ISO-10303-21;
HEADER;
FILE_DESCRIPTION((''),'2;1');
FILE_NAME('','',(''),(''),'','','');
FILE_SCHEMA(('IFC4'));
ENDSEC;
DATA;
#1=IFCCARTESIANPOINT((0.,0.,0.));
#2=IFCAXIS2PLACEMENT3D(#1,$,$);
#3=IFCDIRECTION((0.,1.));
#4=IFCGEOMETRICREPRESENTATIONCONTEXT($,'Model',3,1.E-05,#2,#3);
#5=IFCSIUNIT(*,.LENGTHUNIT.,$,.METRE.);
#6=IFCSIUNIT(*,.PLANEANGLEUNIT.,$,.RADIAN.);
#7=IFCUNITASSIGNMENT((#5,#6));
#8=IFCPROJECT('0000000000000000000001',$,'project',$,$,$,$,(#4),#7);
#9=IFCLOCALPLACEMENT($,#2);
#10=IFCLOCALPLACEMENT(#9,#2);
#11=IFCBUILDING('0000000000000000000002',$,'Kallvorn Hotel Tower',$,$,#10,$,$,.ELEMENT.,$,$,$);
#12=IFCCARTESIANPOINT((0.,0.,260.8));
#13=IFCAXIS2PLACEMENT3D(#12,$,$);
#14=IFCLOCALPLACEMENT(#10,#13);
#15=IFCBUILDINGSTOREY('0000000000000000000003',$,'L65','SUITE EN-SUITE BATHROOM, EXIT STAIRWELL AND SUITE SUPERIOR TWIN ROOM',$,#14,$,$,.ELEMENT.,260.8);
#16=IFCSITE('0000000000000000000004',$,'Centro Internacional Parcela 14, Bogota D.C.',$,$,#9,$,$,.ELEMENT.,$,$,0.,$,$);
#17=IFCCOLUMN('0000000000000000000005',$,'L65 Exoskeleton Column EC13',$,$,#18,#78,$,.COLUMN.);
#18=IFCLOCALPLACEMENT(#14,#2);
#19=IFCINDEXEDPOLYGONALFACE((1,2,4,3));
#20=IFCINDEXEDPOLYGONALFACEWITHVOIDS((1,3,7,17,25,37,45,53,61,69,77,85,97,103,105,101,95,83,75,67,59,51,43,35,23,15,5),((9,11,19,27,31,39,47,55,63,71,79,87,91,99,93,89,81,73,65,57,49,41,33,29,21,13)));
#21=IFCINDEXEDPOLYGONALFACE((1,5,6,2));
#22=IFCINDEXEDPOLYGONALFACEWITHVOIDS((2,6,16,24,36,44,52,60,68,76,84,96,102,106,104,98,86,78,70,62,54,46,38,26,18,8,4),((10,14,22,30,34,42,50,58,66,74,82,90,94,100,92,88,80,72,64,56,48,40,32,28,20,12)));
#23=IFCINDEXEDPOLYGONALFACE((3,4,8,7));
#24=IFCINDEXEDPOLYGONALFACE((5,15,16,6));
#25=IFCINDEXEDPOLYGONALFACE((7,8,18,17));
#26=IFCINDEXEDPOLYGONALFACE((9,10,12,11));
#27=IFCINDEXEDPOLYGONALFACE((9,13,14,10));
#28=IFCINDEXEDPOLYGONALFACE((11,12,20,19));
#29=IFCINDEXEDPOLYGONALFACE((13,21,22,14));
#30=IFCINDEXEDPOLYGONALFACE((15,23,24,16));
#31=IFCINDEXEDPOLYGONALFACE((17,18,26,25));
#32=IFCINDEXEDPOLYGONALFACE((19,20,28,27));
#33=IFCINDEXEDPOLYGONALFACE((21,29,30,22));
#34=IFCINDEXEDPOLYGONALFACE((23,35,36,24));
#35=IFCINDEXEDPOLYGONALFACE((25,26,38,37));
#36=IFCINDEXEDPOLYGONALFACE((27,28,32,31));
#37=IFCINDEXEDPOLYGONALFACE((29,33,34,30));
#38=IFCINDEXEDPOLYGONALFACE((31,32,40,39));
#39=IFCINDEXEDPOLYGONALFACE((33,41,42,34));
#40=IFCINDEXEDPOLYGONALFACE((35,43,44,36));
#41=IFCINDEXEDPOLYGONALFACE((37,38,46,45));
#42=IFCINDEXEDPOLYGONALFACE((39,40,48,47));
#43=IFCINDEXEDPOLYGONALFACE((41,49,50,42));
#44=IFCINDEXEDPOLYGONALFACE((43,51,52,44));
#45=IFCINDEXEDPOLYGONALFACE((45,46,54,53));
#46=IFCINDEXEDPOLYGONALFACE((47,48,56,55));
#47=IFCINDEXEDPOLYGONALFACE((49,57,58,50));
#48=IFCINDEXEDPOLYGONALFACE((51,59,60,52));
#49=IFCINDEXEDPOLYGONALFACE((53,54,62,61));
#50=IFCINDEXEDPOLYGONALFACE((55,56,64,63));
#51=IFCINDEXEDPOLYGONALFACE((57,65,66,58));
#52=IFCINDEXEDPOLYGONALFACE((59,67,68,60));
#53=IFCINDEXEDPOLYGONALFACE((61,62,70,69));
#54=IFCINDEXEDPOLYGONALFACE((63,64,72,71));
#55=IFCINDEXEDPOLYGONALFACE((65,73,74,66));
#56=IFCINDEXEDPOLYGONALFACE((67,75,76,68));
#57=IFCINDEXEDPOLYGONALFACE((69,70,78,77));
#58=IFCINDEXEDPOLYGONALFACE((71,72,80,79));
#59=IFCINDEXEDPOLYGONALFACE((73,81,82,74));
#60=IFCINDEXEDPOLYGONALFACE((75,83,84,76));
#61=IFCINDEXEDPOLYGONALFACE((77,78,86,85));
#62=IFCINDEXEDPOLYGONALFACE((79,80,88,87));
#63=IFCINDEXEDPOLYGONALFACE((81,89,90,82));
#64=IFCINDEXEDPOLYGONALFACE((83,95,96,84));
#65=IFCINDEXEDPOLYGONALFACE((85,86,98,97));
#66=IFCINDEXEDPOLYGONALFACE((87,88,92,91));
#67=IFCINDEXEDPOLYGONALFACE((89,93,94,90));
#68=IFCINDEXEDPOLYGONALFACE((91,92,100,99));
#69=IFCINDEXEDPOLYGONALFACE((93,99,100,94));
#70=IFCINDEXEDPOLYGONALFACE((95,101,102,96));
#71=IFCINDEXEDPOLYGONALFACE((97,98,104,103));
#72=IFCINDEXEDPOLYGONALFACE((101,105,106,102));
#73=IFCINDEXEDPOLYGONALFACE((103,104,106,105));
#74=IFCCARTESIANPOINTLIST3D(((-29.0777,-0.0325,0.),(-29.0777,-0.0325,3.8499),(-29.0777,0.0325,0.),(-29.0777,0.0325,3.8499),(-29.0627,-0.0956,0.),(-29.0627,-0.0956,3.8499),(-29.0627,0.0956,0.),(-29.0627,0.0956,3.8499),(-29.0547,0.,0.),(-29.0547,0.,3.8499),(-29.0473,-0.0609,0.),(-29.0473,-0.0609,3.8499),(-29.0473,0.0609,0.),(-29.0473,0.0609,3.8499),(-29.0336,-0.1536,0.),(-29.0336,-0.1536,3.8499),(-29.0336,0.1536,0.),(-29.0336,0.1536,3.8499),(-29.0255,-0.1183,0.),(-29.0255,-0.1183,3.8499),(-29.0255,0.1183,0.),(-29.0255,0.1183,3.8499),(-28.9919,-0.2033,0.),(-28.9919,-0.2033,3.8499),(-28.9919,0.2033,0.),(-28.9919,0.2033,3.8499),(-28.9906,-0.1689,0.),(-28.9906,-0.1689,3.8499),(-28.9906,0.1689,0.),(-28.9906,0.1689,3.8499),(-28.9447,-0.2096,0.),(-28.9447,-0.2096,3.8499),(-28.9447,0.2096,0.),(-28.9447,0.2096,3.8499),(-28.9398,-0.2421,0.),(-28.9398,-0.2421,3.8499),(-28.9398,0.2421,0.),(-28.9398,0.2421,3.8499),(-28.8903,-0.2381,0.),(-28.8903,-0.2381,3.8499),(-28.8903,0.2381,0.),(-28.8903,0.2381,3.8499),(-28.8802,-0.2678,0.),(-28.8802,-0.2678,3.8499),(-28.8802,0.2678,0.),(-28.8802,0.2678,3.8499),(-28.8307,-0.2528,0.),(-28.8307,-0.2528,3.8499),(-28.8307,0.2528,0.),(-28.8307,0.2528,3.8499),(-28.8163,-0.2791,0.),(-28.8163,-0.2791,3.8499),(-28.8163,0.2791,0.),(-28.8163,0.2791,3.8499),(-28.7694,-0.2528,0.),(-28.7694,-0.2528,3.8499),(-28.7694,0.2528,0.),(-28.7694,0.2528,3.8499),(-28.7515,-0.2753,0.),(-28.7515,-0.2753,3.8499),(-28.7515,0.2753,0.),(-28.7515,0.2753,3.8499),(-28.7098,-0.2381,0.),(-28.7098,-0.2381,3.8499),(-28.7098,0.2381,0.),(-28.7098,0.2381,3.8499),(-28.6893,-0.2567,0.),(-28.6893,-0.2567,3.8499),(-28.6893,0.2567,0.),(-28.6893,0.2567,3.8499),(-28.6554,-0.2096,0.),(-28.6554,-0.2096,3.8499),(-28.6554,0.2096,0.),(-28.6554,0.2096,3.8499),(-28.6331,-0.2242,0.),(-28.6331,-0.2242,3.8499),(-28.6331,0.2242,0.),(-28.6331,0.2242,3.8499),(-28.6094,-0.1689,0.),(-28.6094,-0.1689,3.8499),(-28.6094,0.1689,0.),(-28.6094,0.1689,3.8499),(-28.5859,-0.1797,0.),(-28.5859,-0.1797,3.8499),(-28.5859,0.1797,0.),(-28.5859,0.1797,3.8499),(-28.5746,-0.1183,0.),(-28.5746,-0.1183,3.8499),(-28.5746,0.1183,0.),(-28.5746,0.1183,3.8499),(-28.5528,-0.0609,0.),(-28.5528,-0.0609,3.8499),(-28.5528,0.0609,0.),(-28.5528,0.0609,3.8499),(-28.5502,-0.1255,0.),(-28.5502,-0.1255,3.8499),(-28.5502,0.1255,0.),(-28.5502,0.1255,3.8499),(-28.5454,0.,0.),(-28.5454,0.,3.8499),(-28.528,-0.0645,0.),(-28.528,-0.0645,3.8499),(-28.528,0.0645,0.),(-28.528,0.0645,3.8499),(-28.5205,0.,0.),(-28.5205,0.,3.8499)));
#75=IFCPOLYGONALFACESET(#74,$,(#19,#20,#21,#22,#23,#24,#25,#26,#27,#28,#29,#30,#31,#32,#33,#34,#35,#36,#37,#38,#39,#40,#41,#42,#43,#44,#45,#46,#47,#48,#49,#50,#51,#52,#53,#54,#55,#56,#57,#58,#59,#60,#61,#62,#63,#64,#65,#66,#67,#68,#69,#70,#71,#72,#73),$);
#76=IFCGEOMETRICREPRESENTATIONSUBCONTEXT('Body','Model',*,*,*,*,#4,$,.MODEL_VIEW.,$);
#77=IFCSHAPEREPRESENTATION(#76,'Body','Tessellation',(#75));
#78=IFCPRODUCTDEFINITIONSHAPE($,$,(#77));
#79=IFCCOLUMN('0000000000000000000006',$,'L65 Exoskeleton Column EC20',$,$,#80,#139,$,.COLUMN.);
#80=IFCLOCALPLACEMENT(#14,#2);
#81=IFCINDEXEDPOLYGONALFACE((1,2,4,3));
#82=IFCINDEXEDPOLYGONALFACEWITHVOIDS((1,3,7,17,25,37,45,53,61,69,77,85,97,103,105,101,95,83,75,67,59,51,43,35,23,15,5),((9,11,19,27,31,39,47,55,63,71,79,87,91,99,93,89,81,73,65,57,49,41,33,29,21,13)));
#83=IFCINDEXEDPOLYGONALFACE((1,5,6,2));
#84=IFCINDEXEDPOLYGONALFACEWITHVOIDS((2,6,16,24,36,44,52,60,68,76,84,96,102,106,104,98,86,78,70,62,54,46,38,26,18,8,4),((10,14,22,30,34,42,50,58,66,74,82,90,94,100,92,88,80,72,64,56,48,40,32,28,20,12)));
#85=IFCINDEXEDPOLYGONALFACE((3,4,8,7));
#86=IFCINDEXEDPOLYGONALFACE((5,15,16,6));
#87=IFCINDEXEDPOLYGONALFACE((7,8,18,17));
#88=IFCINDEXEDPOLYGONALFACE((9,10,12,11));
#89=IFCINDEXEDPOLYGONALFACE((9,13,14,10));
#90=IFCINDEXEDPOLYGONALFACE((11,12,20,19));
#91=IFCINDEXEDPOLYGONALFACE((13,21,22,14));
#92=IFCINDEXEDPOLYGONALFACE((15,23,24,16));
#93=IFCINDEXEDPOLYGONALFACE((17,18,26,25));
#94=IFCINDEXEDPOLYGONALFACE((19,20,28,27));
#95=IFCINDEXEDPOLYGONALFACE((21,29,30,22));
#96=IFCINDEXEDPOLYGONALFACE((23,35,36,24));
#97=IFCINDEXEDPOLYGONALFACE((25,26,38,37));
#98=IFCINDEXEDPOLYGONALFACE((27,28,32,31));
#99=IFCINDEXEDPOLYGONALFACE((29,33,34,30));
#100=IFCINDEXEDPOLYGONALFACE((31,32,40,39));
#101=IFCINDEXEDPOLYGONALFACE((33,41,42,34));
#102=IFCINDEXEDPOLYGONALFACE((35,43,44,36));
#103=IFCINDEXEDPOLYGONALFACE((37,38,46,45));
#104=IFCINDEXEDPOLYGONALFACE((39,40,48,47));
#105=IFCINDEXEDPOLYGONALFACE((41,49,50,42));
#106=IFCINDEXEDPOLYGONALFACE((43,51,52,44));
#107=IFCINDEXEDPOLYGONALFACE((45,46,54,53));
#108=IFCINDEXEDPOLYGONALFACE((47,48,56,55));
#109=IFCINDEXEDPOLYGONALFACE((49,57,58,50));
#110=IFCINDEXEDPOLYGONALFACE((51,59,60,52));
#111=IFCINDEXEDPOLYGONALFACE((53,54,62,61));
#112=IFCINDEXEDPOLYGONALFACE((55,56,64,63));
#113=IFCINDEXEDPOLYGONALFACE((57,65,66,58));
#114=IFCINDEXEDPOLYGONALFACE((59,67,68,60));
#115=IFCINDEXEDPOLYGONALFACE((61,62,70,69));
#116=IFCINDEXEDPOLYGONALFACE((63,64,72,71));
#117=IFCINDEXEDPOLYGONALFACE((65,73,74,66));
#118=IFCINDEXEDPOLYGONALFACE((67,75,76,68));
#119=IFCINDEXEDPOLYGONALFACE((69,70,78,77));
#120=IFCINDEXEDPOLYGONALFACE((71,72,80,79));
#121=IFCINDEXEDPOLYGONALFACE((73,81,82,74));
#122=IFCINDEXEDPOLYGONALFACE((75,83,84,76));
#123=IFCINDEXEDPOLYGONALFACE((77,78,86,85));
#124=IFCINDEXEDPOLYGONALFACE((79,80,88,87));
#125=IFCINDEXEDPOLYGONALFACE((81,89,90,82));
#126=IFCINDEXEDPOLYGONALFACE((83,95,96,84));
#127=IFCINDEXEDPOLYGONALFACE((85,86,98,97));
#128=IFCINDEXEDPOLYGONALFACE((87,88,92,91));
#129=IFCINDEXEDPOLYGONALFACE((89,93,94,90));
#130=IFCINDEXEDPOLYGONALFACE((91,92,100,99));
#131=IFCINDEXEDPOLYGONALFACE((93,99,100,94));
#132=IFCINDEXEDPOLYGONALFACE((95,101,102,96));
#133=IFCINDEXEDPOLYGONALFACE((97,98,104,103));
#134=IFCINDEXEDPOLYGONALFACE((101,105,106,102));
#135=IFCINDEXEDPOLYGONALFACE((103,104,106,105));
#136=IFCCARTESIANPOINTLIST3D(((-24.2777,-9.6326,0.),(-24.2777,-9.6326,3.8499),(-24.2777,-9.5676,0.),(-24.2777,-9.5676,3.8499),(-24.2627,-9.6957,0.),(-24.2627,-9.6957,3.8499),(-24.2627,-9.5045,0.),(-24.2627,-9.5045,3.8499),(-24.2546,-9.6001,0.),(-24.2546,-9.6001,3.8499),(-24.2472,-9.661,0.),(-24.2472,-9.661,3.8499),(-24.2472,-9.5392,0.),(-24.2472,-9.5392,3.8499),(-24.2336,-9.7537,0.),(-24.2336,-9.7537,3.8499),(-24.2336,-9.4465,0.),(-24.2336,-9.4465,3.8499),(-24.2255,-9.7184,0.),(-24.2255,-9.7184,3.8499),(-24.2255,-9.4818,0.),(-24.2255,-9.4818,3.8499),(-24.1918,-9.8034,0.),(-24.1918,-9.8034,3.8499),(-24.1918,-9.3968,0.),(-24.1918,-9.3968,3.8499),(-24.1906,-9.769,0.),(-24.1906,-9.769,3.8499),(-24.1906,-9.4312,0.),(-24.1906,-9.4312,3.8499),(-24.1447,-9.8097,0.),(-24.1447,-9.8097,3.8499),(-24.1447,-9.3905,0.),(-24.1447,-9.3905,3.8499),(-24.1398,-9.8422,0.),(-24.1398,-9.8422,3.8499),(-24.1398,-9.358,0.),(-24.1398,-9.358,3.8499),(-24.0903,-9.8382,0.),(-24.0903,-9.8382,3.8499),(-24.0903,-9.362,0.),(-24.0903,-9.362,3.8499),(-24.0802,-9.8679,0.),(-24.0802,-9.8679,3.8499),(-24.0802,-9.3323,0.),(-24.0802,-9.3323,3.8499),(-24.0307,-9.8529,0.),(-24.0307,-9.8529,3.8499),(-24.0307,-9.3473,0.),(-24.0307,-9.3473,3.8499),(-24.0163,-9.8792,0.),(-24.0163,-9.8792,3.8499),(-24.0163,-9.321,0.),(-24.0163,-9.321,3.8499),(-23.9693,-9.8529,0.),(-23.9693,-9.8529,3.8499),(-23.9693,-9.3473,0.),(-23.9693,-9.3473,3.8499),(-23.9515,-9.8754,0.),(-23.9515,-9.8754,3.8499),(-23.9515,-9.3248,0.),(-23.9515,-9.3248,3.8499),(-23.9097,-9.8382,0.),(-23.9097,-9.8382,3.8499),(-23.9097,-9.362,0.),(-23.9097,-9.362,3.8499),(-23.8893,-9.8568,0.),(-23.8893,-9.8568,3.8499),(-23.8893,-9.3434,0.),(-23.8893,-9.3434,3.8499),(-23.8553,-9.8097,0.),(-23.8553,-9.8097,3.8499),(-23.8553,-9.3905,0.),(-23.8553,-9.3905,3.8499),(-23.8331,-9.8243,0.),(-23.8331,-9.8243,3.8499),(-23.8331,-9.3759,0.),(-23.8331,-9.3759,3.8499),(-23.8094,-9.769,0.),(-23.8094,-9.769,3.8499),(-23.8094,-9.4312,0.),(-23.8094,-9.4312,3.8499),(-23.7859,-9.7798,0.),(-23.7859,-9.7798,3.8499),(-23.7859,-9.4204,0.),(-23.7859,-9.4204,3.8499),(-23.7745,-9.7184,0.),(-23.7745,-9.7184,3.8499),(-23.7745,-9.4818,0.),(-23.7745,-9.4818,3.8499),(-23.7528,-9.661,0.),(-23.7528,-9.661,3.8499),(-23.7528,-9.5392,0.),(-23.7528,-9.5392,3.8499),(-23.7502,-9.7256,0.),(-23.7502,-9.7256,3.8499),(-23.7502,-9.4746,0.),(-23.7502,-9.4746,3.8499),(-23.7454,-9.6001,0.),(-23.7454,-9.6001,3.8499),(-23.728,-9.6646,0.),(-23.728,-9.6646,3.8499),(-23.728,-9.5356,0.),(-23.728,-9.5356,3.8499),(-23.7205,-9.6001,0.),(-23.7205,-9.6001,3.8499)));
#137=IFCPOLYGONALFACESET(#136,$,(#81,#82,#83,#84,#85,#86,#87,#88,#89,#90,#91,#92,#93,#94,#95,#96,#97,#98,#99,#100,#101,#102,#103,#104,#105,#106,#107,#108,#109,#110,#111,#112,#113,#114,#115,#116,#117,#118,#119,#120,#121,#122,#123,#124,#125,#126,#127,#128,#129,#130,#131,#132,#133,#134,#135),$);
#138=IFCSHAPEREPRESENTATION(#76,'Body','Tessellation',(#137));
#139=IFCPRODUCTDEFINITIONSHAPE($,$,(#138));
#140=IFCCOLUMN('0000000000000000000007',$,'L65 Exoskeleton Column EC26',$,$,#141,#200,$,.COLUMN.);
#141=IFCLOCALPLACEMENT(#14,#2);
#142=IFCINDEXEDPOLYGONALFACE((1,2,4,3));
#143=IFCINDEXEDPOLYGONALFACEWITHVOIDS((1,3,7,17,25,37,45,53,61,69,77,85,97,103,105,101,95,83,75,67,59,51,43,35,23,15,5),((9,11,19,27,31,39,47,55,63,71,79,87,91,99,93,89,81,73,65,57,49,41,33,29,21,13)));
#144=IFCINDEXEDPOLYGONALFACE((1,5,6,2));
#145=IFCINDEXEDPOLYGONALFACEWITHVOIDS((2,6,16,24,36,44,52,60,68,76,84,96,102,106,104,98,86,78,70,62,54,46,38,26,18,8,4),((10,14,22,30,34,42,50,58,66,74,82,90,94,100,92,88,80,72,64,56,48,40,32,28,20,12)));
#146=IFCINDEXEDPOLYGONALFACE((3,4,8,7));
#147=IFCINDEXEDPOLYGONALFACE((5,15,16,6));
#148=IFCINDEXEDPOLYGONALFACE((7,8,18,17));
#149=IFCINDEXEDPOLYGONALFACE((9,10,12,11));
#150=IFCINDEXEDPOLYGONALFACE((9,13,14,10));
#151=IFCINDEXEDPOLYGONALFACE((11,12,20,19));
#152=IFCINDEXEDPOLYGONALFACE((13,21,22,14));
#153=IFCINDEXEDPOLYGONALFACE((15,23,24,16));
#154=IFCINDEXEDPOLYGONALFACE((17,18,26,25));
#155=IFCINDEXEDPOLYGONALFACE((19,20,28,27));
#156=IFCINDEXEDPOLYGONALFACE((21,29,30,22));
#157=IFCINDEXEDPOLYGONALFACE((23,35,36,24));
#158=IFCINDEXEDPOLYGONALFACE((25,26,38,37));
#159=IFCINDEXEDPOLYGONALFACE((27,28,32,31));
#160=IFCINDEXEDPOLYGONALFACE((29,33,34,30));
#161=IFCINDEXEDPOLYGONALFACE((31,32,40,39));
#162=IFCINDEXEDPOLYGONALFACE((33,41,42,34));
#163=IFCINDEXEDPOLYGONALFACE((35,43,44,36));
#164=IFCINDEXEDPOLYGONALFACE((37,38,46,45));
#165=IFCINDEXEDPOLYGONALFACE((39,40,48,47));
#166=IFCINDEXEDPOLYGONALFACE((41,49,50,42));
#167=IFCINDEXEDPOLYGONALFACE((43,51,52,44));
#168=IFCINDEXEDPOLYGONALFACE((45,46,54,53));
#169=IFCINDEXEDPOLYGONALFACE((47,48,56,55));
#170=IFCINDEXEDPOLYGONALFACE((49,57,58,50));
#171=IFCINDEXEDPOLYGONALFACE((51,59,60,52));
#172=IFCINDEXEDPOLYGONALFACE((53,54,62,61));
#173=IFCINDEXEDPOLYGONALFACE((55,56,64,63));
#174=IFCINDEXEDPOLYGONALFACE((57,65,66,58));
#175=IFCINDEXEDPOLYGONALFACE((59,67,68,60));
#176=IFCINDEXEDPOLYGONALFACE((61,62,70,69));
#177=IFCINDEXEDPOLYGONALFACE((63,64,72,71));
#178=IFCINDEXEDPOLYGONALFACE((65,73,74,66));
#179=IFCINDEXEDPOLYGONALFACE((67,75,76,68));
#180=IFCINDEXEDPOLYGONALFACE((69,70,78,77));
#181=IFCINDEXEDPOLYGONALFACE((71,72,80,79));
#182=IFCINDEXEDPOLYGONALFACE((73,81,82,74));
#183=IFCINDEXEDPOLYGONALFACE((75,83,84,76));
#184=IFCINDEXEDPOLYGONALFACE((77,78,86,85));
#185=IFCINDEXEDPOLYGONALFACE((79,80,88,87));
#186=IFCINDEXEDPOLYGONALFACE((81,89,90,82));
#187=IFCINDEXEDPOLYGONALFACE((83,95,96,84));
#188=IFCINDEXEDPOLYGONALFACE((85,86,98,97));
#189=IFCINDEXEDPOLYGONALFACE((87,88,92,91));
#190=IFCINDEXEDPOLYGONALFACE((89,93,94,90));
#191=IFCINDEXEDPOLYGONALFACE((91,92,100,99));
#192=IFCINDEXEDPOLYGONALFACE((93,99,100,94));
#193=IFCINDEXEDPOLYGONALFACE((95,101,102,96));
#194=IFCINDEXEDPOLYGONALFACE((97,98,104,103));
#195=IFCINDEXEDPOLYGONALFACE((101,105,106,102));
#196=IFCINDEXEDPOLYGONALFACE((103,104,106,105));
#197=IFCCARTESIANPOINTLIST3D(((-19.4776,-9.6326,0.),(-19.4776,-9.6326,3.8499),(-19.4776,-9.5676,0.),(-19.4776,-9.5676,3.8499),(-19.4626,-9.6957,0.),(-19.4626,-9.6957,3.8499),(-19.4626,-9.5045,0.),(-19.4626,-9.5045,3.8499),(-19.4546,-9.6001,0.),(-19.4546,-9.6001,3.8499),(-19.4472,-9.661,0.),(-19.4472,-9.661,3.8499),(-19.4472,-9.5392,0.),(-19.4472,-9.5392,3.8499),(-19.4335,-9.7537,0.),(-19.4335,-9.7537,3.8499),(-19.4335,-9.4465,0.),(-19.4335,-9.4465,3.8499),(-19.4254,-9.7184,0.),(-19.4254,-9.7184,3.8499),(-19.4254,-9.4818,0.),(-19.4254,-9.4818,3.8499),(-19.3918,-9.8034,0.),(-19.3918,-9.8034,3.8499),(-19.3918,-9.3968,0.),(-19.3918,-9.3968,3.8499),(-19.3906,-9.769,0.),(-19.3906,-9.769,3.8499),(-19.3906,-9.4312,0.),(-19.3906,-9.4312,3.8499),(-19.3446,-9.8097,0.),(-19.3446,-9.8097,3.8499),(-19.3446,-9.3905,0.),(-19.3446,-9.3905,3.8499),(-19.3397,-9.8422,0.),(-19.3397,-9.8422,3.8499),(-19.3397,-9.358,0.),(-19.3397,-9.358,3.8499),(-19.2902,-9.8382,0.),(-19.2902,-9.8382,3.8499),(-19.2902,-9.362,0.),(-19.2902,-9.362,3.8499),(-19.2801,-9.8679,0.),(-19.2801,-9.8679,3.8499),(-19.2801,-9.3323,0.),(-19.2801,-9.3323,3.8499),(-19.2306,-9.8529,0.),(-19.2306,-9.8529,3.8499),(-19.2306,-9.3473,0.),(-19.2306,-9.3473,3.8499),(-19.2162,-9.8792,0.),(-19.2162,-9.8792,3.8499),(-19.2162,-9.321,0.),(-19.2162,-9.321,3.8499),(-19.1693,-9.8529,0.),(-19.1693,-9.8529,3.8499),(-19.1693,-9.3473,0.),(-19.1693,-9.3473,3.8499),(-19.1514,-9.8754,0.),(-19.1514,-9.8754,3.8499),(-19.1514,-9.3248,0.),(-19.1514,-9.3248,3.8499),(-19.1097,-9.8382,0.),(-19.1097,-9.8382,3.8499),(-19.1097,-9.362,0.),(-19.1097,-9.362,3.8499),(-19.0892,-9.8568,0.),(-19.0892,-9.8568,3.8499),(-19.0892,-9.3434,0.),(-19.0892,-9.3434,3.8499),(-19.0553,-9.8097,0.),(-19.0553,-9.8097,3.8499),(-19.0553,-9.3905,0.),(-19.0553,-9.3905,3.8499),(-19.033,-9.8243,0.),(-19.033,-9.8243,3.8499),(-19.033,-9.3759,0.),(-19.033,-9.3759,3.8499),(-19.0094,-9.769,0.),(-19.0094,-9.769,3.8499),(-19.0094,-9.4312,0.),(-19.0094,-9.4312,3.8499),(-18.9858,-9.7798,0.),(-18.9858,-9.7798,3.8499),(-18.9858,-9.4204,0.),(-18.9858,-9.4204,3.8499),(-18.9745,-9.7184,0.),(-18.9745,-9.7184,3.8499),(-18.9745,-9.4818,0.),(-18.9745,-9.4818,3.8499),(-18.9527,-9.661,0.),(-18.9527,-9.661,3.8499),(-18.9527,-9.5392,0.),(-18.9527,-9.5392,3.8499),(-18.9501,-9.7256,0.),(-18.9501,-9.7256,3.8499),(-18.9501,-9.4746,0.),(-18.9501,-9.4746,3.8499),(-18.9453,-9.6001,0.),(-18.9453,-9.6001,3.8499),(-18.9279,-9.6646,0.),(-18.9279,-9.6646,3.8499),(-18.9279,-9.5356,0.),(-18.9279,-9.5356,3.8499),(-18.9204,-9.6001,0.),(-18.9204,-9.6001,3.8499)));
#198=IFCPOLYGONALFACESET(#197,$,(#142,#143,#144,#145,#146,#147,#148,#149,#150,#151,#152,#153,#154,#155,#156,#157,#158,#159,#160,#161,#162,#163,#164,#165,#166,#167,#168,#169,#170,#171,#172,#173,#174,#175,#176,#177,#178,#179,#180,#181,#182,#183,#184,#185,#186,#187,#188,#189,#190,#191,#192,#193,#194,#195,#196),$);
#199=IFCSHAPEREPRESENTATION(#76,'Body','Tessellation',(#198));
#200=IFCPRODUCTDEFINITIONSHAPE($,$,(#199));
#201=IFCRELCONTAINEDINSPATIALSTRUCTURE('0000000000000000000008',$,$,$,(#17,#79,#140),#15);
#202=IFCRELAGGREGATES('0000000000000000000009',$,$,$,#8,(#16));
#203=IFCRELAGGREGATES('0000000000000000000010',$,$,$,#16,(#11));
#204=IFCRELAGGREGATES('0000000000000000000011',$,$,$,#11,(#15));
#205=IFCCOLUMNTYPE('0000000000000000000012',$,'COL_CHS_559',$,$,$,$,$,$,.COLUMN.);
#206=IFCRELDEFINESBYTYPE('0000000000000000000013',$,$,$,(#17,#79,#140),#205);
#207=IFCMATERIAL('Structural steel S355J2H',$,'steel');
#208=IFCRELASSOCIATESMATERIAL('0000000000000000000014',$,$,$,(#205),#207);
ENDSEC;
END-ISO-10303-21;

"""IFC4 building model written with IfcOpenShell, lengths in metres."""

from ifc_helpers import new_model, si_unit, direction, frame, origin, origin_2d, place, context, subcontext, project, spatial, hollow_circle, extrude, material, material_profile, profile_set, type_object, element, save


model = new_model("IFC4")

# Units and contexts
model_context = context("Model", 3, precision=1e-05, world=origin(), true_north=direction((0.0, 1.0)))
body_context = subcontext(model_context, "Body", "Model", "MODEL_VIEW")
ifc_project = project(units=[si_unit("LENGTHUNIT", "METRE"), si_unit("PLANEANGLEUNIT", "RADIAN")], contexts=[model_context])

# Site, building, storey
site_placement = place(None, origin())
site = spatial("IfcSite", under=ifc_project, at=site_placement, Name="Centro Internacional Parcela 14, Bogota D.C.", CompositionType="ELEMENT", RefElevation=0.0)
building_placement = place(site_placement, origin())
building = spatial("IfcBuilding", under=site, at=building_placement, Name="Kallvorn Hotel Tower", CompositionType="ELEMENT")
storey_placement = place(building_placement, frame((0.0, 0.0, 260.8)))
storey = spatial("IfcBuildingStorey", under=building, at=storey_placement, Name="L65", Description="SUITE EN-SUITE BATHROOM, EXIT STAIRWELL AND SUITE SUPERIOR TWIN ROOM", CompositionType="ELEMENT", Elevation=260.8)

# Columns
ifc_material_1 = material(Name="Structural steel S355J2H", Category="steel")
ifc_material_profile_1 = material_profile(ifc_material_1, hollow_circle(Radius=0.2795, WallThickness=0.0249, at=origin_2d()), Name="CHS 559x25")
ifc_profile_set_1 = profile_set([ifc_material_profile_1], Name="Structural steel S355J2H")
column_type_1 = type_object("IfcColumnType", Name="COL_CHS_559", PredefinedType="COLUMN", material=ifc_profile_set_1)
for number, where, z_axis, x_axis, name in (
    (1, (-28.8, 0.0, 0.0), (0.0, 0.0, 1.0), (1.0, 0.0, 0.0), "L65 Exoskeleton Column EC13"),
    (2, (-24.0, -9.6001, 0.0), (0.0, 0.0, 1.0), (1.0, 0.0, 0.0), "L65 Exoskeleton Column EC20"),
    (3, (-19.2, -9.6001, 0.0), (0.0, 0.0, 1.0), (1.0, 0.0, 0.0), "L65 Exoskeleton Column EC26"),
):
    element("IfcColumn", number, at=place(storey_placement, frame(where, z_axis=z_axis, x_axis=x_axis)), inside=storey, type_object=column_type_1, Name=name, PredefinedType="COLUMN", context=body_context, shape_type="SweptSolid", body=[
        extrude(hollow_circle(Radius=0.2795, WallThickness=0.0249, at=origin_2d()), origin(), (0.0, 0.0, 1.0), 3.8499),
    ])

save(model, "model.ifc")
